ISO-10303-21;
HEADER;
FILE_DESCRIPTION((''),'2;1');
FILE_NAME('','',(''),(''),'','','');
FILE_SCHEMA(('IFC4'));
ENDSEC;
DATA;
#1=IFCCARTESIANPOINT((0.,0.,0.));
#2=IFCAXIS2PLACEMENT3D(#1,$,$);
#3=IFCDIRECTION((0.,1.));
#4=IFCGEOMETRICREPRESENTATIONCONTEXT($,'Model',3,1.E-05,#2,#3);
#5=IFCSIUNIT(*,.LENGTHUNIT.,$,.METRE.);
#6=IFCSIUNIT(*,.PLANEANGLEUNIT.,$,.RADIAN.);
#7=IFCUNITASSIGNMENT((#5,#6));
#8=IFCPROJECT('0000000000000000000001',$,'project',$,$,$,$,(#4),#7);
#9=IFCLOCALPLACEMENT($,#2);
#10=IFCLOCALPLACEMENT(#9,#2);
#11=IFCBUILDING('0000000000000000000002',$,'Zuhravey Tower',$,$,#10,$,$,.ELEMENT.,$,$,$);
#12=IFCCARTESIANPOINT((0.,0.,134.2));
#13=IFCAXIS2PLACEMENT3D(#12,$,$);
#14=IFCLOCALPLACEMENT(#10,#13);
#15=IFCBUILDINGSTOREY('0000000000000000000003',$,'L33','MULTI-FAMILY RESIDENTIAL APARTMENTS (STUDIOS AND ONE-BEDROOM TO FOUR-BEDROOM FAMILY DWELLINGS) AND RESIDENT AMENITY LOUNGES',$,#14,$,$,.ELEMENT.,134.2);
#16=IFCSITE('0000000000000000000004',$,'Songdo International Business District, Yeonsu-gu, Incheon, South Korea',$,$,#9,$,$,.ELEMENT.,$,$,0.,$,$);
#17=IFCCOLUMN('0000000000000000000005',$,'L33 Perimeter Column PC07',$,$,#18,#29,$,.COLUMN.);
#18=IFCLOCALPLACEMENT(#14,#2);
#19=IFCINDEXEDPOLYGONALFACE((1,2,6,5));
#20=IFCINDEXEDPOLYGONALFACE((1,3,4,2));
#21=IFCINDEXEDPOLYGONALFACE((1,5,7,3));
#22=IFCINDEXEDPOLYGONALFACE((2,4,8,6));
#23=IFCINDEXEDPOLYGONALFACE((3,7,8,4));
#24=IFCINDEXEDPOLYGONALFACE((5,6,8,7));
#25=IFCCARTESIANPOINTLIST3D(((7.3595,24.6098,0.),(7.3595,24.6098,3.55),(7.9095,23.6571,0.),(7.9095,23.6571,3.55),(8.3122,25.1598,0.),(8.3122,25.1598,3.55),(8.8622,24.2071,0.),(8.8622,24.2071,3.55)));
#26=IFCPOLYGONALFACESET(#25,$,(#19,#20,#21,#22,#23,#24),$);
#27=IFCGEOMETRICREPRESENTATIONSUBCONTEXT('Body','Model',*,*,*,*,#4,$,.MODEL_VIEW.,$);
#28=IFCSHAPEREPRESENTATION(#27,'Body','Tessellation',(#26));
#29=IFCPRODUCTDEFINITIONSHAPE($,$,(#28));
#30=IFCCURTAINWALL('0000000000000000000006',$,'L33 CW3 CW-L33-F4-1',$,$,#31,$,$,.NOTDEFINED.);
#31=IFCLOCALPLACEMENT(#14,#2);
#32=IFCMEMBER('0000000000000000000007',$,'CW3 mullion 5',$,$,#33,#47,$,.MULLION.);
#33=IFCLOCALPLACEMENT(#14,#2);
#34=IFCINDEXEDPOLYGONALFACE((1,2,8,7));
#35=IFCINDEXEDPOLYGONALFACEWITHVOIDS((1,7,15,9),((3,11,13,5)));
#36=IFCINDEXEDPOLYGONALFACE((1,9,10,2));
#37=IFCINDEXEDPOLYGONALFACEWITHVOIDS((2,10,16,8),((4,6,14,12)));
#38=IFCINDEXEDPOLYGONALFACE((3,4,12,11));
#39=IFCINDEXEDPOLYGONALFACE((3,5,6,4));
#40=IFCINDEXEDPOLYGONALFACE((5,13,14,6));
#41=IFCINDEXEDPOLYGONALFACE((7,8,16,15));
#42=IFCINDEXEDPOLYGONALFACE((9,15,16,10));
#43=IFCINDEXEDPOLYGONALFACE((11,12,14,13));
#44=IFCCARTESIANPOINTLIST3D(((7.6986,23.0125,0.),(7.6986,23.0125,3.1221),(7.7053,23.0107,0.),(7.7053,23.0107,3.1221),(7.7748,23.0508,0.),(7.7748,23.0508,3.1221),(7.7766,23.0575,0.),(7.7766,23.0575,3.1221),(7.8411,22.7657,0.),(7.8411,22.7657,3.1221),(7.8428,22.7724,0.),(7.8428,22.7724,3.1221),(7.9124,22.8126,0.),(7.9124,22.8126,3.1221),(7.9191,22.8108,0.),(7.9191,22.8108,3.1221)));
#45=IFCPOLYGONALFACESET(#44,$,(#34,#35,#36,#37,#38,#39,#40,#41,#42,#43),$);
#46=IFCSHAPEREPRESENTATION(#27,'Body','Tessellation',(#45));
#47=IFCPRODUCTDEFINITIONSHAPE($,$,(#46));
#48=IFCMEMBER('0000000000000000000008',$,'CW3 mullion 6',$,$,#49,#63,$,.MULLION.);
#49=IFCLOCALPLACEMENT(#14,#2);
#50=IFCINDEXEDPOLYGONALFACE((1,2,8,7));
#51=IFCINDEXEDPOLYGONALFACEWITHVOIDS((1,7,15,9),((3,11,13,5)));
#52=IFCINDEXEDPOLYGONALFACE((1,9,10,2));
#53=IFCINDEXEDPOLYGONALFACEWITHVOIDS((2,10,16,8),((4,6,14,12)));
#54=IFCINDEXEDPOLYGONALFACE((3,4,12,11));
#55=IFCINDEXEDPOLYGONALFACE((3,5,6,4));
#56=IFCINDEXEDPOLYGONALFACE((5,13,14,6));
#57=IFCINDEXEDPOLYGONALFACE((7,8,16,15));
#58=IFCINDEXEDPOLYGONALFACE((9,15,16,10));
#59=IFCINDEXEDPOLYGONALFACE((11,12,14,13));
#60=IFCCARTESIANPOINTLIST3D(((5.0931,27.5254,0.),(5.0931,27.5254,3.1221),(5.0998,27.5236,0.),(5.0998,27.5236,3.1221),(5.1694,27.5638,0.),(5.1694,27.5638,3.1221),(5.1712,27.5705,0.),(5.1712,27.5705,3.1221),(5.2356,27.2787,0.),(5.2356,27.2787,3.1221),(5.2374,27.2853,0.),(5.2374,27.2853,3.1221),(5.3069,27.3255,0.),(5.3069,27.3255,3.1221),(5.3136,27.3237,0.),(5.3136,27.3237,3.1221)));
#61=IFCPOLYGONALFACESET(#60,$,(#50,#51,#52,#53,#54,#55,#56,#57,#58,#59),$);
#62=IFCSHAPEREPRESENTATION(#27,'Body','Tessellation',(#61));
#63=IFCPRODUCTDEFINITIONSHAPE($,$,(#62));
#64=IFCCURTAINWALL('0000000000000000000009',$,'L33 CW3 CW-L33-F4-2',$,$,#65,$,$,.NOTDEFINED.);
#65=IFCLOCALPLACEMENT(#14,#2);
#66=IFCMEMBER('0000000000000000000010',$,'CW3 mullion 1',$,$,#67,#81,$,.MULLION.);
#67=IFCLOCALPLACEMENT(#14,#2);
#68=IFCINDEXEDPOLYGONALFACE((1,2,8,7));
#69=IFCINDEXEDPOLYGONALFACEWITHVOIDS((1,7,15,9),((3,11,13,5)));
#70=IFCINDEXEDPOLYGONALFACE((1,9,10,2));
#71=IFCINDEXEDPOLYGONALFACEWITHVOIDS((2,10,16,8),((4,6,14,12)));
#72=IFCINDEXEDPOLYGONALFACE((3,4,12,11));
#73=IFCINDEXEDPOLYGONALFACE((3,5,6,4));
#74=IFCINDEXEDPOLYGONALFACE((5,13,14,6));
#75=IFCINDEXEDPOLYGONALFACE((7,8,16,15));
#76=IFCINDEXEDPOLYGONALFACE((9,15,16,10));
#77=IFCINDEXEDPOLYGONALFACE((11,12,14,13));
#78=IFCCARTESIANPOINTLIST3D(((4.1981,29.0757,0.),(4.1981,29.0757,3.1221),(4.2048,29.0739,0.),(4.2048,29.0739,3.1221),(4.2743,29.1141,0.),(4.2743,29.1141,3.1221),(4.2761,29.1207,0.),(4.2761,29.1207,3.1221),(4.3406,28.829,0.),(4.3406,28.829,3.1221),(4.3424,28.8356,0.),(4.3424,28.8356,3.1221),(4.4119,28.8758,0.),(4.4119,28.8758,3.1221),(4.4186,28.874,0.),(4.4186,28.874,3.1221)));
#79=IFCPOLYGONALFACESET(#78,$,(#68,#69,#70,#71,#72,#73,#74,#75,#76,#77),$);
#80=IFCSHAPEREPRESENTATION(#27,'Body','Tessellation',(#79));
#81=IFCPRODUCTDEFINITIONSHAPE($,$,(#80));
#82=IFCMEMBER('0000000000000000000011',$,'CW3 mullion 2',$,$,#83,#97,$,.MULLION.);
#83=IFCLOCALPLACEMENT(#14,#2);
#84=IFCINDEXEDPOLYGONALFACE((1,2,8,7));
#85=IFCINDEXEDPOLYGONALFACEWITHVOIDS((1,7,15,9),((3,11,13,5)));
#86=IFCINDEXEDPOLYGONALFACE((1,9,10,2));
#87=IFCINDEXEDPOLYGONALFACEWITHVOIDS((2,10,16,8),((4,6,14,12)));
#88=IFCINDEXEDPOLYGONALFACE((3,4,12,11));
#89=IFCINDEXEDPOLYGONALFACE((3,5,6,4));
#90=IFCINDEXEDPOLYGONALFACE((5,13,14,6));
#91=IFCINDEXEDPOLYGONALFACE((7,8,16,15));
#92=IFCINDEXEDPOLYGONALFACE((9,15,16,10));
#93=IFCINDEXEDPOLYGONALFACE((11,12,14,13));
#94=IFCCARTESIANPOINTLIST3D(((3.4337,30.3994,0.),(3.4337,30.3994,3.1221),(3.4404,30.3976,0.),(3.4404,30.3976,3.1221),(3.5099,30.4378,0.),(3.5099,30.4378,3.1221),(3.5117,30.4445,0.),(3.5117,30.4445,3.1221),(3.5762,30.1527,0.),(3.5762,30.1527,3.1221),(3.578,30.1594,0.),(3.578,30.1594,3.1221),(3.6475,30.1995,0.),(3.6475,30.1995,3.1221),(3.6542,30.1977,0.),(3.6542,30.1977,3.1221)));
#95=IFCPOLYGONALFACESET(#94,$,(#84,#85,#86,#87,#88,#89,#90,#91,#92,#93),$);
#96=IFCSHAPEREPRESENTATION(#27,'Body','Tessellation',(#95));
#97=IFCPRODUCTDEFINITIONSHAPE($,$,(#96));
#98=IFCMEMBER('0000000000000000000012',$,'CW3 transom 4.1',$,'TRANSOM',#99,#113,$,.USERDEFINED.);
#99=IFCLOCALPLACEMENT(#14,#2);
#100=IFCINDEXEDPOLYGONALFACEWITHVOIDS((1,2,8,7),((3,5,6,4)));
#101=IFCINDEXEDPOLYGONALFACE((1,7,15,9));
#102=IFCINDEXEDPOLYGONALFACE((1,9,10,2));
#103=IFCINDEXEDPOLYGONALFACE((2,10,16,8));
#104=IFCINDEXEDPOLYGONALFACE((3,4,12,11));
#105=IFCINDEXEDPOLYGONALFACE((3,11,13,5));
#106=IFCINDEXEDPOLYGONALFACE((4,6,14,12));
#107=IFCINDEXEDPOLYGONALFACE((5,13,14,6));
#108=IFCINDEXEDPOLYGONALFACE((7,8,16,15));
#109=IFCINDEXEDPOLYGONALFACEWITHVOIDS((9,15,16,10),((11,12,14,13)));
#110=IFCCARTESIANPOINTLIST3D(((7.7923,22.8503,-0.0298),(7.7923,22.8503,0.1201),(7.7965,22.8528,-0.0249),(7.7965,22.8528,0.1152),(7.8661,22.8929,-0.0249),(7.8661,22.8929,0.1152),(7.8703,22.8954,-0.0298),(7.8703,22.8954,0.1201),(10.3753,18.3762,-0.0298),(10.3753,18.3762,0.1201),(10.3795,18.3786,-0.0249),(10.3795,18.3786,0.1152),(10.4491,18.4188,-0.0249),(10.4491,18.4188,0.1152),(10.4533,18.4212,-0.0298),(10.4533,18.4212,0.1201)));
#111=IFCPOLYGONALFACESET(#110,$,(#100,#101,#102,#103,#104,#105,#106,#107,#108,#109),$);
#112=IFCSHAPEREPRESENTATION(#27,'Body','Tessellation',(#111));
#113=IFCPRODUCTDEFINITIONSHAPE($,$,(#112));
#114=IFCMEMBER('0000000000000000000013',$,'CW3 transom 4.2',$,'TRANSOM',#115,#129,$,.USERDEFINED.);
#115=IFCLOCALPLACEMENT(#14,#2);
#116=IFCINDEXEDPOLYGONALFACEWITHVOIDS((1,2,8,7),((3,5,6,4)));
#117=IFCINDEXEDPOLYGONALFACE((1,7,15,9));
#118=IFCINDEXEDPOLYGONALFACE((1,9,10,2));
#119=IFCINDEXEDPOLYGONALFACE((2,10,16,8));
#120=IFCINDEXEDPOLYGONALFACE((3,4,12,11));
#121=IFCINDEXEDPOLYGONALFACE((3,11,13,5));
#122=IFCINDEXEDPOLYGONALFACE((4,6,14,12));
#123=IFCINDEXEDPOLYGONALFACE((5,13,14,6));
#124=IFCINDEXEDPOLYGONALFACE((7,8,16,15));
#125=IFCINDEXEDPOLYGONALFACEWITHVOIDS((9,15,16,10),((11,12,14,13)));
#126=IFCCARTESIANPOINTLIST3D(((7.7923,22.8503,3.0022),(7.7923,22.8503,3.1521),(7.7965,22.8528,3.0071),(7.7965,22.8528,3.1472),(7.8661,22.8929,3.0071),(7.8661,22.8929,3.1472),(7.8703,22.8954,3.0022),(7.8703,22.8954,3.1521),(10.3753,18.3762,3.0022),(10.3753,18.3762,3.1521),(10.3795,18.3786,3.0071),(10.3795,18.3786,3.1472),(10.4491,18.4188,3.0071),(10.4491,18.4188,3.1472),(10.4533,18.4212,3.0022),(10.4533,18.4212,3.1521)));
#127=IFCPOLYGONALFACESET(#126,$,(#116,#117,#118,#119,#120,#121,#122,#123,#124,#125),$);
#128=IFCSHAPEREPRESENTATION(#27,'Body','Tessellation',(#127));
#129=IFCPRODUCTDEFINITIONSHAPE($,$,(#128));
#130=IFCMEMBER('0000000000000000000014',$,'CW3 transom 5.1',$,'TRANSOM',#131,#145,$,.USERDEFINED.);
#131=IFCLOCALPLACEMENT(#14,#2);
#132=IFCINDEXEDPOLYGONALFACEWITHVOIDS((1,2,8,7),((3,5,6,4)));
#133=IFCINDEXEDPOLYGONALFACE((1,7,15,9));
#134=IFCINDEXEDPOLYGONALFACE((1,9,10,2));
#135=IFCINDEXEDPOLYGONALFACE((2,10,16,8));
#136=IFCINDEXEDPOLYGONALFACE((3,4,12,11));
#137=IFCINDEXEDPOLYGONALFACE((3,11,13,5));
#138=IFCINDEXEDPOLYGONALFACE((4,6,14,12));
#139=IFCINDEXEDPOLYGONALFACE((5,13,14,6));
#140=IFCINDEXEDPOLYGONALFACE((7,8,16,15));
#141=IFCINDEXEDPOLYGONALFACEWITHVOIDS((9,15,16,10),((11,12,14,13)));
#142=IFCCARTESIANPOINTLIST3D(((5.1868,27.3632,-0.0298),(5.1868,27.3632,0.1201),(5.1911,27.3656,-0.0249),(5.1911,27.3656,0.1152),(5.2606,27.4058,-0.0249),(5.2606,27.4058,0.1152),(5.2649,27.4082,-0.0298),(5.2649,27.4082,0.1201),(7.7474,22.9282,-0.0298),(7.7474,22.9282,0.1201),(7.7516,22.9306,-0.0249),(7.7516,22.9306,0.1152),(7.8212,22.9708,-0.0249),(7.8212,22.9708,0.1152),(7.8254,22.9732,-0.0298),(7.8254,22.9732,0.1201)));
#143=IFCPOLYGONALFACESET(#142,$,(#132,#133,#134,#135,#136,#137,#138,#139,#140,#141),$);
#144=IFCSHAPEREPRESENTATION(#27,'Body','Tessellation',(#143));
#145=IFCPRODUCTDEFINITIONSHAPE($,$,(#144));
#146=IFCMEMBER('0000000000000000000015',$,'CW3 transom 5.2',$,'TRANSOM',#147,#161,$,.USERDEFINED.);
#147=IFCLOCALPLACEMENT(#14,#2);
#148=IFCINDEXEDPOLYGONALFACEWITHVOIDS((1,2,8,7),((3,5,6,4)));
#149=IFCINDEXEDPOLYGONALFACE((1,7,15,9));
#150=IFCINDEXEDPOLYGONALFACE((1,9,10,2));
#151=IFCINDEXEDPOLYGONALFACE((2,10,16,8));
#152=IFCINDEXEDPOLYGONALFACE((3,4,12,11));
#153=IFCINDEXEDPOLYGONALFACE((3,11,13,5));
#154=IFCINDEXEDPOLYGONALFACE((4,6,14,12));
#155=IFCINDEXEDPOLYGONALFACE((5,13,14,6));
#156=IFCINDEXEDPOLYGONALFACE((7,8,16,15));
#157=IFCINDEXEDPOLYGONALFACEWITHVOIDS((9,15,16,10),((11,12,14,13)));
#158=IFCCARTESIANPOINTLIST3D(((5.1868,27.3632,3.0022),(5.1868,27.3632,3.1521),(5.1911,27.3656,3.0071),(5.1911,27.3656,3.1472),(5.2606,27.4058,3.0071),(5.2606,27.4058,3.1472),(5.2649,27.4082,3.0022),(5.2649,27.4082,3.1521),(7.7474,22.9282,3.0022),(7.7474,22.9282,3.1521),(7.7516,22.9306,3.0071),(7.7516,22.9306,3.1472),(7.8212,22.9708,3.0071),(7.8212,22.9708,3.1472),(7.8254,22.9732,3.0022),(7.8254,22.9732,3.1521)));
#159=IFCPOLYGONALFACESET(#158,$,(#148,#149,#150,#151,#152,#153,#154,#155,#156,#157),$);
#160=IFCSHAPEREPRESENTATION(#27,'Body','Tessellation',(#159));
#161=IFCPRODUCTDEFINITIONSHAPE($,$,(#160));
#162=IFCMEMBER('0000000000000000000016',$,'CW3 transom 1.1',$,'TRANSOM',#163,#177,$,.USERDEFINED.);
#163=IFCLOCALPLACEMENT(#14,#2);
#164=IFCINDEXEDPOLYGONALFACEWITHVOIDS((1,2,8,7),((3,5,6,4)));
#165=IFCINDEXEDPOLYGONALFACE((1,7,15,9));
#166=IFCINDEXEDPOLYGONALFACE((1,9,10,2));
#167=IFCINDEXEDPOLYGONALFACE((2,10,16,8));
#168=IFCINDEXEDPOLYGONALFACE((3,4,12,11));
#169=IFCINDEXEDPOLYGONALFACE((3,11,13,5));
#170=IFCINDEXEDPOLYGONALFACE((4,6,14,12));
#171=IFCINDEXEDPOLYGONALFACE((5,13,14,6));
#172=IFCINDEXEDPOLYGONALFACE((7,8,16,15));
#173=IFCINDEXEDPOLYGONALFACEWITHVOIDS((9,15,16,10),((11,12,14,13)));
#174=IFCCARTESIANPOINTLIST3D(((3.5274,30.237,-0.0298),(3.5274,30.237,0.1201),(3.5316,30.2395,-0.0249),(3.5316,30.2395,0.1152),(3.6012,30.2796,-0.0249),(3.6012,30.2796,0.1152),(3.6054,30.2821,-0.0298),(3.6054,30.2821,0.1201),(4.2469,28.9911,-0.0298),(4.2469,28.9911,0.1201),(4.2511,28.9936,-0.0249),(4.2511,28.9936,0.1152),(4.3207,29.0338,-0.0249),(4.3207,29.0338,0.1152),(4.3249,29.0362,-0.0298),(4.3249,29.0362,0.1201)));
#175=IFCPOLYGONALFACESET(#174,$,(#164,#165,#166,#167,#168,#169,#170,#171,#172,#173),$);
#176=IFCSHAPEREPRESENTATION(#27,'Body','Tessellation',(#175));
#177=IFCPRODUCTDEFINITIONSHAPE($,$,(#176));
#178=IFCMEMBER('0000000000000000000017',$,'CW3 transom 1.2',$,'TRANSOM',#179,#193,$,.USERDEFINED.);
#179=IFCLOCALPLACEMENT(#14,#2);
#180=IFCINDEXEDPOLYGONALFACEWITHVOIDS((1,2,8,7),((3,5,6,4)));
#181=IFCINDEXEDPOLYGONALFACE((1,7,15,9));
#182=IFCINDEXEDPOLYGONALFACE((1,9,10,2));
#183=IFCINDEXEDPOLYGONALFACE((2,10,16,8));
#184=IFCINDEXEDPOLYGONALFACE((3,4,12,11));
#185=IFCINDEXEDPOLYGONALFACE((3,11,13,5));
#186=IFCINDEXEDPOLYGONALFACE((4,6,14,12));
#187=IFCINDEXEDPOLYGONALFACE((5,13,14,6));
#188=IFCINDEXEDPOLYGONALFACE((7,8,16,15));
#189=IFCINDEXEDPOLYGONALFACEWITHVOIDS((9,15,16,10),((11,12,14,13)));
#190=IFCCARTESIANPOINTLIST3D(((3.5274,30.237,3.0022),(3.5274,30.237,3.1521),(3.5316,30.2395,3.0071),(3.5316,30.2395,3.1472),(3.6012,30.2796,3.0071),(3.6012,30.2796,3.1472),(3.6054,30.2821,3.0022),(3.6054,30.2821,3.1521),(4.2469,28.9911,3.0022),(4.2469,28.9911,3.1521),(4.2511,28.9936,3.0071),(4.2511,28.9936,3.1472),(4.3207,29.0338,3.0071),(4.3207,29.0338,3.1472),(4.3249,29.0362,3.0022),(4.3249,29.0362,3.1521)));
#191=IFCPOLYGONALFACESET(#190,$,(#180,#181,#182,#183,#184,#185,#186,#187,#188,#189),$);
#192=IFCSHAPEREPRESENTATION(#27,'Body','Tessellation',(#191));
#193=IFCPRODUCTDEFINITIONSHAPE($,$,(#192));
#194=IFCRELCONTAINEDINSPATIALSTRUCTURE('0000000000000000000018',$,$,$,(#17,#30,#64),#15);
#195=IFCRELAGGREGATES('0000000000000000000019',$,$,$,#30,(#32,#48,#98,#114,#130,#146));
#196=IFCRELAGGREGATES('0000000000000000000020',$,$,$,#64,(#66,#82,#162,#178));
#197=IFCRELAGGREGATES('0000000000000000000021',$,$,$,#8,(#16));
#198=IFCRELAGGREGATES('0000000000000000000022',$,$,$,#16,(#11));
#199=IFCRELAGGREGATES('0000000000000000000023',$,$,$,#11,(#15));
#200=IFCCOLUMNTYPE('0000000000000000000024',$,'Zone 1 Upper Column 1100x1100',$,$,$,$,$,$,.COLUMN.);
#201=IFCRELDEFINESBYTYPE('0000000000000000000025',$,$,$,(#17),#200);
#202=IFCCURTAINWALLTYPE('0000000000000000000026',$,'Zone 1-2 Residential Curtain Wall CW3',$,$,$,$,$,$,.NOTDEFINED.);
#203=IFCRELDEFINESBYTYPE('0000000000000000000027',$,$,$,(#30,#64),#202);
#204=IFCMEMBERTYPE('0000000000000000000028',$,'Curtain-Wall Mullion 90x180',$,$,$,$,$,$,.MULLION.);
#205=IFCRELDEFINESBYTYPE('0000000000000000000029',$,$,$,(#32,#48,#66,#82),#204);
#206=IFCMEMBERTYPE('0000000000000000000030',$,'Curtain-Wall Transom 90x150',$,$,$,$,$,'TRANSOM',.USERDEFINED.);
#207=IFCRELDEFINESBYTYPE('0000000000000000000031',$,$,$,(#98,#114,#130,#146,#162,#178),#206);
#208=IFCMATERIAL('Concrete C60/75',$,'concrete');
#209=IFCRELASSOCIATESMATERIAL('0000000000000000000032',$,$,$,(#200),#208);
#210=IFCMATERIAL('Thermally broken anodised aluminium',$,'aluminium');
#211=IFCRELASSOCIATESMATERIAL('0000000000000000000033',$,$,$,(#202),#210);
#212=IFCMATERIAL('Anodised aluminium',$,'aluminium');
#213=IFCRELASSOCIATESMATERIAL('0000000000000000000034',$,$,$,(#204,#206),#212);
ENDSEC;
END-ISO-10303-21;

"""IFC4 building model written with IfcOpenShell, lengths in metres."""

from ifc_helpers import new_model, si_unit, direction, frame, origin, origin_2d, place, context, subcontext, project, spatial, rectangle, hollow_rectangle, extrude, material, material_profile, profile_set, type_object, element, aggregate, save


model = new_model("IFC4")

# Units and contexts
model_context = context("Model", 3, precision=1e-05, world=origin(), true_north=direction((0.0, 1.0)))
body_context = subcontext(model_context, "Body", "Model", "MODEL_VIEW")
ifc_project = project(units=[si_unit("LENGTHUNIT", "METRE"), si_unit("PLANEANGLEUNIT", "RADIAN")], contexts=[model_context])

# Site, building, storey
site_placement = place(None, origin())
site = spatial("IfcSite", under=ifc_project, at=site_placement, Name="Songdo International Business District, Yeonsu-gu, Incheon, South Korea", CompositionType="ELEMENT", RefElevation=0.0)
building_placement = place(site_placement, origin())
building = spatial("IfcBuilding", under=site, at=building_placement, Name="Zuhravey Tower", CompositionType="ELEMENT")
storey_placement = place(building_placement, frame((0.0, 0.0, 134.2)))
storey = spatial("IfcBuildingStorey", under=building, at=storey_placement, Name="L33", Description="MULTI-FAMILY RESIDENTIAL APARTMENTS (STUDIOS AND ONE-BEDROOM TO FOUR-BEDROOM FAMILY DWELLINGS) AND RESIDENT AMENITY LOUNGES", CompositionType="ELEMENT", Elevation=134.2)

# Column
ifc_material_1 = material(Name="Concrete C60/75", Category="concrete")
ifc_material_profile_1 = material_profile(ifc_material_1, rectangle(XDim=1.1001, YDim=1.1001, at=origin_2d()), Name="RC-1100x1100")
ifc_profile_set_1 = profile_set([ifc_material_profile_1], Name="Concrete C60/75")
column_type = type_object("IfcColumnType", Name="Zone 1 Upper Column 1100x1100", PredefinedType="COLUMN", material=ifc_profile_set_1)
column_placement = place(storey_placement, frame((8.1108, 24.4084, 0.0), z_axis=(0.0, 0.0, 1.0), x_axis=(0.5, -0.866025, 0.0)))
element("IfcColumn", 1, at=column_placement, inside=storey, type_object=column_type, Name="L33 Perimeter Column PC07", PredefinedType="COLUMN", context=body_context, shape_type="SweptSolid", body=[
    extrude(rectangle(XDim=1.1001, YDim=1.1001, at=origin_2d()), origin(), (0.0, 0.0, 1.0), 3.55),
])

# Curtain walls, members
ifc_material_2 = material(Name="Thermally broken anodised aluminium", Category="aluminium")
curtain_wall_type = type_object("IfcCurtainWallType", Name="Zone 1-2 Residential Curtain Wall CW3", PredefinedType="NOTDEFINED", material=ifc_material_2)
curtain_wall_1_placement = place(storey_placement, origin())
curtain_wall_1 = element("IfcCurtainWall", 2, at=curtain_wall_1_placement, inside=storey, type_object=curtain_wall_type, Name="L33 CW3 CW-L33-F4-1", PredefinedType="NOTDEFINED")
ifc_material_3 = material(Name="Anodised aluminium", Category="aluminium")
ifc_material_profile_2 = material_profile(ifc_material_3, hollow_rectangle(XDim=0.0901, YDim=0.2849, WallThickness=0.0049, at=origin_2d()), Name="ALU-RHS-90x285x5")
ifc_profile_set_2 = profile_set([ifc_material_profile_2], Name="Anodised aluminium")
member_type_1 = type_object("IfcMemberType", Name="Curtain-Wall Mullion 90x180", PredefinedType="MULLION", material=ifc_profile_set_2)
member_1_placement = place(storey_placement, frame((7.8088, 22.9116, 0.0), z_axis=(0.0, 0.0, 1.0), x_axis=(-0.866026, -0.499998, 0.0)))
member_1 = element("IfcMember", 3, at=member_1_placement, type_object=member_type_1, Name="CW3 mullion 5", PredefinedType="MULLION", context=body_context, shape_type="SweptSolid", body=[
    extrude(hollow_rectangle(XDim=0.0901, YDim=0.2849, WallThickness=0.0049, at=origin_2d()), origin(), (0.0, 0.0, 1.0), 3.1221),
])
member_2_placement = place(storey_placement, frame((5.2034, 27.4246, 0.0), z_axis=(0.0, 0.0, 1.0), x_axis=(-0.866026, -0.499998, 0.0)))
member_2 = element("IfcMember", 4, at=member_2_placement, type_object=member_type_1, Name="CW3 mullion 6", PredefinedType="MULLION", context=body_context, shape_type="SweptSolid", body=[
    extrude(hollow_rectangle(XDim=0.0901, YDim=0.2849, WallThickness=0.0049, at=origin_2d()), origin(), (0.0, 0.0, 1.0), 3.1221),
])
curtain_wall_2_placement = place(storey_placement, origin())
curtain_wall_2 = element("IfcCurtainWall", 5, at=curtain_wall_2_placement, inside=storey, type_object=curtain_wall_type, Name="L33 CW3 CW-L33-F4-2", PredefinedType="NOTDEFINED")
member_3_placement = place(storey_placement, frame((4.3083, 28.9749, 0.0), z_axis=(0.0, 0.0, 1.0), x_axis=(-0.866018, -0.500013, 0.0)))
member_3 = element("IfcMember", 6, at=member_3_placement, type_object=member_type_1, Name="CW3 mullion 1", PredefinedType="MULLION", context=body_context, shape_type="SweptSolid", body=[
    extrude(hollow_rectangle(XDim=0.0901, YDim=0.2849, WallThickness=0.0049, at=origin_2d()), origin(), (0.0, 0.0, 1.0), 3.1221),
])
member_4_placement = place(storey_placement, frame((3.5439, 30.2986, 0.0), z_axis=(0.0, 0.0, 1.0), x_axis=(-0.866018, -0.500013, 0.0)))
member_4 = element("IfcMember", 7, at=member_4_placement, type_object=member_type_1, Name="CW3 mullion 2", PredefinedType="MULLION", context=body_context, shape_type="SweptSolid", body=[
    extrude(hollow_rectangle(XDim=0.0901, YDim=0.2849, WallThickness=0.0049, at=origin_2d()), origin(), (0.0, 0.0, 1.0), 3.1221),
])

# Members
ifc_material_profile_3 = material_profile(ifc_material_3, hollow_rectangle(XDim=0.0901, YDim=0.1499, WallThickness=0.0049, at=origin_2d()), Name="ALU-RHS-90x150x5")
ifc_profile_set_3 = profile_set([ifc_material_profile_3], Name="Anodised aluminium")
member_type_2 = type_object("IfcMemberType", Name="Curtain-Wall Transom 90x150", ElementType="TRANSOM", PredefinedType="USERDEFINED", material=ifc_profile_set_3)
member_5_placement = place(storey_placement, frame((10.4143, 18.3987, 0.0452), z_axis=(-0.499982, 0.866036, 0.0), x_axis=(-0.866036, -0.499982, 0.0)))
member_5 = element("IfcMember", 8, at=member_5_placement, type_object=member_type_2, Name="CW3 transom 4.1", ObjectType="TRANSOM", PredefinedType="USERDEFINED", context=body_context, shape_type="SweptSolid", body=[
    extrude(hollow_rectangle(XDim=0.0901, YDim=0.1499, WallThickness=0.0049, at=origin_2d()), origin(), (0.0, 0.0, 1.0), 5.1663),
])
member_6_placement = place(storey_placement, frame((10.4143, 18.3987, 3.0771), z_axis=(-0.499982, 0.866036, 0.0), x_axis=(-0.866036, -0.499982, 0.0)))
member_6 = element("IfcMember", 9, at=member_6_placement, type_object=member_type_2, Name="CW3 transom 4.2", ObjectType="TRANSOM", PredefinedType="USERDEFINED", context=body_context, shape_type="SweptSolid", body=[
    extrude(hollow_rectangle(XDim=0.0901, YDim=0.1499, WallThickness=0.0049, at=origin_2d()), origin(), (0.0, 0.0, 1.0), 5.1663),
])
member_7_placement = place(storey_placement, frame((7.7864, 22.9507, 0.0452), z_axis=(-0.499995, 0.866028, 0.0), x_axis=(-0.866028, -0.499995, 0.0)))
member_7 = element("IfcMember", 10, at=member_7_placement, type_object=member_type_2, Name="CW3 transom 5.1", ObjectType="TRANSOM", PredefinedType="USERDEFINED", context=body_context, shape_type="SweptSolid", body=[
    extrude(hollow_rectangle(XDim=0.0901, YDim=0.1499, WallThickness=0.0049, at=origin_2d()), origin(), (0.0, 0.0, 1.0), 5.1211),
])
member_8_placement = place(storey_placement, frame((7.7864, 22.9507, 3.0771), z_axis=(-0.499995, 0.866028, 0.0), x_axis=(-0.866028, -0.499995, 0.0)))
member_8 = element("IfcMember", 11, at=member_8_placement, type_object=member_type_2, Name="CW3 transom 5.2", ObjectType="TRANSOM", PredefinedType="USERDEFINED", context=body_context, shape_type="SweptSolid", body=[
    extrude(hollow_rectangle(XDim=0.0901, YDim=0.1499, WallThickness=0.0049, at=origin_2d()), origin(), (0.0, 0.0, 1.0), 5.1211),
])
member_9_placement = place(storey_placement, frame((4.2859, 29.0137, 0.0452), z_axis=(-0.500099, 0.865968, 0.0), x_axis=(-0.865968, -0.500099, 0.0)))
member_9 = element("IfcMember", 12, at=member_9_placement, type_object=member_type_2, Name="CW3 transom 1.1", ObjectType="TRANSOM", PredefinedType="USERDEFINED", context=body_context, shape_type="SweptSolid", body=[
    extrude(hollow_rectangle(XDim=0.0901, YDim=0.1499, WallThickness=0.0049, at=origin_2d()), origin(), (0.0, 0.0, 1.0), 1.4387),
])
member_10_placement = place(storey_placement, frame((4.2859, 29.0137, 3.0771), z_axis=(-0.500099, 0.865968, 0.0), x_axis=(-0.865968, -0.500099, 0.0)))
member_10 = element("IfcMember", 13, at=member_10_placement, type_object=member_type_2, Name="CW3 transom 1.2", ObjectType="TRANSOM", PredefinedType="USERDEFINED", context=body_context, shape_type="SweptSolid", body=[
    extrude(hollow_rectangle(XDim=0.0901, YDim=0.1499, WallThickness=0.0049, at=origin_2d()), origin(), (0.0, 0.0, 1.0), 1.4387),
])

aggregate(curtain_wall_1, [member_1, member_2, member_5, member_6, member_7, member_8])
aggregate(curtain_wall_2, [member_3, member_4, member_9, member_10])

save(model, "model.ifc")
